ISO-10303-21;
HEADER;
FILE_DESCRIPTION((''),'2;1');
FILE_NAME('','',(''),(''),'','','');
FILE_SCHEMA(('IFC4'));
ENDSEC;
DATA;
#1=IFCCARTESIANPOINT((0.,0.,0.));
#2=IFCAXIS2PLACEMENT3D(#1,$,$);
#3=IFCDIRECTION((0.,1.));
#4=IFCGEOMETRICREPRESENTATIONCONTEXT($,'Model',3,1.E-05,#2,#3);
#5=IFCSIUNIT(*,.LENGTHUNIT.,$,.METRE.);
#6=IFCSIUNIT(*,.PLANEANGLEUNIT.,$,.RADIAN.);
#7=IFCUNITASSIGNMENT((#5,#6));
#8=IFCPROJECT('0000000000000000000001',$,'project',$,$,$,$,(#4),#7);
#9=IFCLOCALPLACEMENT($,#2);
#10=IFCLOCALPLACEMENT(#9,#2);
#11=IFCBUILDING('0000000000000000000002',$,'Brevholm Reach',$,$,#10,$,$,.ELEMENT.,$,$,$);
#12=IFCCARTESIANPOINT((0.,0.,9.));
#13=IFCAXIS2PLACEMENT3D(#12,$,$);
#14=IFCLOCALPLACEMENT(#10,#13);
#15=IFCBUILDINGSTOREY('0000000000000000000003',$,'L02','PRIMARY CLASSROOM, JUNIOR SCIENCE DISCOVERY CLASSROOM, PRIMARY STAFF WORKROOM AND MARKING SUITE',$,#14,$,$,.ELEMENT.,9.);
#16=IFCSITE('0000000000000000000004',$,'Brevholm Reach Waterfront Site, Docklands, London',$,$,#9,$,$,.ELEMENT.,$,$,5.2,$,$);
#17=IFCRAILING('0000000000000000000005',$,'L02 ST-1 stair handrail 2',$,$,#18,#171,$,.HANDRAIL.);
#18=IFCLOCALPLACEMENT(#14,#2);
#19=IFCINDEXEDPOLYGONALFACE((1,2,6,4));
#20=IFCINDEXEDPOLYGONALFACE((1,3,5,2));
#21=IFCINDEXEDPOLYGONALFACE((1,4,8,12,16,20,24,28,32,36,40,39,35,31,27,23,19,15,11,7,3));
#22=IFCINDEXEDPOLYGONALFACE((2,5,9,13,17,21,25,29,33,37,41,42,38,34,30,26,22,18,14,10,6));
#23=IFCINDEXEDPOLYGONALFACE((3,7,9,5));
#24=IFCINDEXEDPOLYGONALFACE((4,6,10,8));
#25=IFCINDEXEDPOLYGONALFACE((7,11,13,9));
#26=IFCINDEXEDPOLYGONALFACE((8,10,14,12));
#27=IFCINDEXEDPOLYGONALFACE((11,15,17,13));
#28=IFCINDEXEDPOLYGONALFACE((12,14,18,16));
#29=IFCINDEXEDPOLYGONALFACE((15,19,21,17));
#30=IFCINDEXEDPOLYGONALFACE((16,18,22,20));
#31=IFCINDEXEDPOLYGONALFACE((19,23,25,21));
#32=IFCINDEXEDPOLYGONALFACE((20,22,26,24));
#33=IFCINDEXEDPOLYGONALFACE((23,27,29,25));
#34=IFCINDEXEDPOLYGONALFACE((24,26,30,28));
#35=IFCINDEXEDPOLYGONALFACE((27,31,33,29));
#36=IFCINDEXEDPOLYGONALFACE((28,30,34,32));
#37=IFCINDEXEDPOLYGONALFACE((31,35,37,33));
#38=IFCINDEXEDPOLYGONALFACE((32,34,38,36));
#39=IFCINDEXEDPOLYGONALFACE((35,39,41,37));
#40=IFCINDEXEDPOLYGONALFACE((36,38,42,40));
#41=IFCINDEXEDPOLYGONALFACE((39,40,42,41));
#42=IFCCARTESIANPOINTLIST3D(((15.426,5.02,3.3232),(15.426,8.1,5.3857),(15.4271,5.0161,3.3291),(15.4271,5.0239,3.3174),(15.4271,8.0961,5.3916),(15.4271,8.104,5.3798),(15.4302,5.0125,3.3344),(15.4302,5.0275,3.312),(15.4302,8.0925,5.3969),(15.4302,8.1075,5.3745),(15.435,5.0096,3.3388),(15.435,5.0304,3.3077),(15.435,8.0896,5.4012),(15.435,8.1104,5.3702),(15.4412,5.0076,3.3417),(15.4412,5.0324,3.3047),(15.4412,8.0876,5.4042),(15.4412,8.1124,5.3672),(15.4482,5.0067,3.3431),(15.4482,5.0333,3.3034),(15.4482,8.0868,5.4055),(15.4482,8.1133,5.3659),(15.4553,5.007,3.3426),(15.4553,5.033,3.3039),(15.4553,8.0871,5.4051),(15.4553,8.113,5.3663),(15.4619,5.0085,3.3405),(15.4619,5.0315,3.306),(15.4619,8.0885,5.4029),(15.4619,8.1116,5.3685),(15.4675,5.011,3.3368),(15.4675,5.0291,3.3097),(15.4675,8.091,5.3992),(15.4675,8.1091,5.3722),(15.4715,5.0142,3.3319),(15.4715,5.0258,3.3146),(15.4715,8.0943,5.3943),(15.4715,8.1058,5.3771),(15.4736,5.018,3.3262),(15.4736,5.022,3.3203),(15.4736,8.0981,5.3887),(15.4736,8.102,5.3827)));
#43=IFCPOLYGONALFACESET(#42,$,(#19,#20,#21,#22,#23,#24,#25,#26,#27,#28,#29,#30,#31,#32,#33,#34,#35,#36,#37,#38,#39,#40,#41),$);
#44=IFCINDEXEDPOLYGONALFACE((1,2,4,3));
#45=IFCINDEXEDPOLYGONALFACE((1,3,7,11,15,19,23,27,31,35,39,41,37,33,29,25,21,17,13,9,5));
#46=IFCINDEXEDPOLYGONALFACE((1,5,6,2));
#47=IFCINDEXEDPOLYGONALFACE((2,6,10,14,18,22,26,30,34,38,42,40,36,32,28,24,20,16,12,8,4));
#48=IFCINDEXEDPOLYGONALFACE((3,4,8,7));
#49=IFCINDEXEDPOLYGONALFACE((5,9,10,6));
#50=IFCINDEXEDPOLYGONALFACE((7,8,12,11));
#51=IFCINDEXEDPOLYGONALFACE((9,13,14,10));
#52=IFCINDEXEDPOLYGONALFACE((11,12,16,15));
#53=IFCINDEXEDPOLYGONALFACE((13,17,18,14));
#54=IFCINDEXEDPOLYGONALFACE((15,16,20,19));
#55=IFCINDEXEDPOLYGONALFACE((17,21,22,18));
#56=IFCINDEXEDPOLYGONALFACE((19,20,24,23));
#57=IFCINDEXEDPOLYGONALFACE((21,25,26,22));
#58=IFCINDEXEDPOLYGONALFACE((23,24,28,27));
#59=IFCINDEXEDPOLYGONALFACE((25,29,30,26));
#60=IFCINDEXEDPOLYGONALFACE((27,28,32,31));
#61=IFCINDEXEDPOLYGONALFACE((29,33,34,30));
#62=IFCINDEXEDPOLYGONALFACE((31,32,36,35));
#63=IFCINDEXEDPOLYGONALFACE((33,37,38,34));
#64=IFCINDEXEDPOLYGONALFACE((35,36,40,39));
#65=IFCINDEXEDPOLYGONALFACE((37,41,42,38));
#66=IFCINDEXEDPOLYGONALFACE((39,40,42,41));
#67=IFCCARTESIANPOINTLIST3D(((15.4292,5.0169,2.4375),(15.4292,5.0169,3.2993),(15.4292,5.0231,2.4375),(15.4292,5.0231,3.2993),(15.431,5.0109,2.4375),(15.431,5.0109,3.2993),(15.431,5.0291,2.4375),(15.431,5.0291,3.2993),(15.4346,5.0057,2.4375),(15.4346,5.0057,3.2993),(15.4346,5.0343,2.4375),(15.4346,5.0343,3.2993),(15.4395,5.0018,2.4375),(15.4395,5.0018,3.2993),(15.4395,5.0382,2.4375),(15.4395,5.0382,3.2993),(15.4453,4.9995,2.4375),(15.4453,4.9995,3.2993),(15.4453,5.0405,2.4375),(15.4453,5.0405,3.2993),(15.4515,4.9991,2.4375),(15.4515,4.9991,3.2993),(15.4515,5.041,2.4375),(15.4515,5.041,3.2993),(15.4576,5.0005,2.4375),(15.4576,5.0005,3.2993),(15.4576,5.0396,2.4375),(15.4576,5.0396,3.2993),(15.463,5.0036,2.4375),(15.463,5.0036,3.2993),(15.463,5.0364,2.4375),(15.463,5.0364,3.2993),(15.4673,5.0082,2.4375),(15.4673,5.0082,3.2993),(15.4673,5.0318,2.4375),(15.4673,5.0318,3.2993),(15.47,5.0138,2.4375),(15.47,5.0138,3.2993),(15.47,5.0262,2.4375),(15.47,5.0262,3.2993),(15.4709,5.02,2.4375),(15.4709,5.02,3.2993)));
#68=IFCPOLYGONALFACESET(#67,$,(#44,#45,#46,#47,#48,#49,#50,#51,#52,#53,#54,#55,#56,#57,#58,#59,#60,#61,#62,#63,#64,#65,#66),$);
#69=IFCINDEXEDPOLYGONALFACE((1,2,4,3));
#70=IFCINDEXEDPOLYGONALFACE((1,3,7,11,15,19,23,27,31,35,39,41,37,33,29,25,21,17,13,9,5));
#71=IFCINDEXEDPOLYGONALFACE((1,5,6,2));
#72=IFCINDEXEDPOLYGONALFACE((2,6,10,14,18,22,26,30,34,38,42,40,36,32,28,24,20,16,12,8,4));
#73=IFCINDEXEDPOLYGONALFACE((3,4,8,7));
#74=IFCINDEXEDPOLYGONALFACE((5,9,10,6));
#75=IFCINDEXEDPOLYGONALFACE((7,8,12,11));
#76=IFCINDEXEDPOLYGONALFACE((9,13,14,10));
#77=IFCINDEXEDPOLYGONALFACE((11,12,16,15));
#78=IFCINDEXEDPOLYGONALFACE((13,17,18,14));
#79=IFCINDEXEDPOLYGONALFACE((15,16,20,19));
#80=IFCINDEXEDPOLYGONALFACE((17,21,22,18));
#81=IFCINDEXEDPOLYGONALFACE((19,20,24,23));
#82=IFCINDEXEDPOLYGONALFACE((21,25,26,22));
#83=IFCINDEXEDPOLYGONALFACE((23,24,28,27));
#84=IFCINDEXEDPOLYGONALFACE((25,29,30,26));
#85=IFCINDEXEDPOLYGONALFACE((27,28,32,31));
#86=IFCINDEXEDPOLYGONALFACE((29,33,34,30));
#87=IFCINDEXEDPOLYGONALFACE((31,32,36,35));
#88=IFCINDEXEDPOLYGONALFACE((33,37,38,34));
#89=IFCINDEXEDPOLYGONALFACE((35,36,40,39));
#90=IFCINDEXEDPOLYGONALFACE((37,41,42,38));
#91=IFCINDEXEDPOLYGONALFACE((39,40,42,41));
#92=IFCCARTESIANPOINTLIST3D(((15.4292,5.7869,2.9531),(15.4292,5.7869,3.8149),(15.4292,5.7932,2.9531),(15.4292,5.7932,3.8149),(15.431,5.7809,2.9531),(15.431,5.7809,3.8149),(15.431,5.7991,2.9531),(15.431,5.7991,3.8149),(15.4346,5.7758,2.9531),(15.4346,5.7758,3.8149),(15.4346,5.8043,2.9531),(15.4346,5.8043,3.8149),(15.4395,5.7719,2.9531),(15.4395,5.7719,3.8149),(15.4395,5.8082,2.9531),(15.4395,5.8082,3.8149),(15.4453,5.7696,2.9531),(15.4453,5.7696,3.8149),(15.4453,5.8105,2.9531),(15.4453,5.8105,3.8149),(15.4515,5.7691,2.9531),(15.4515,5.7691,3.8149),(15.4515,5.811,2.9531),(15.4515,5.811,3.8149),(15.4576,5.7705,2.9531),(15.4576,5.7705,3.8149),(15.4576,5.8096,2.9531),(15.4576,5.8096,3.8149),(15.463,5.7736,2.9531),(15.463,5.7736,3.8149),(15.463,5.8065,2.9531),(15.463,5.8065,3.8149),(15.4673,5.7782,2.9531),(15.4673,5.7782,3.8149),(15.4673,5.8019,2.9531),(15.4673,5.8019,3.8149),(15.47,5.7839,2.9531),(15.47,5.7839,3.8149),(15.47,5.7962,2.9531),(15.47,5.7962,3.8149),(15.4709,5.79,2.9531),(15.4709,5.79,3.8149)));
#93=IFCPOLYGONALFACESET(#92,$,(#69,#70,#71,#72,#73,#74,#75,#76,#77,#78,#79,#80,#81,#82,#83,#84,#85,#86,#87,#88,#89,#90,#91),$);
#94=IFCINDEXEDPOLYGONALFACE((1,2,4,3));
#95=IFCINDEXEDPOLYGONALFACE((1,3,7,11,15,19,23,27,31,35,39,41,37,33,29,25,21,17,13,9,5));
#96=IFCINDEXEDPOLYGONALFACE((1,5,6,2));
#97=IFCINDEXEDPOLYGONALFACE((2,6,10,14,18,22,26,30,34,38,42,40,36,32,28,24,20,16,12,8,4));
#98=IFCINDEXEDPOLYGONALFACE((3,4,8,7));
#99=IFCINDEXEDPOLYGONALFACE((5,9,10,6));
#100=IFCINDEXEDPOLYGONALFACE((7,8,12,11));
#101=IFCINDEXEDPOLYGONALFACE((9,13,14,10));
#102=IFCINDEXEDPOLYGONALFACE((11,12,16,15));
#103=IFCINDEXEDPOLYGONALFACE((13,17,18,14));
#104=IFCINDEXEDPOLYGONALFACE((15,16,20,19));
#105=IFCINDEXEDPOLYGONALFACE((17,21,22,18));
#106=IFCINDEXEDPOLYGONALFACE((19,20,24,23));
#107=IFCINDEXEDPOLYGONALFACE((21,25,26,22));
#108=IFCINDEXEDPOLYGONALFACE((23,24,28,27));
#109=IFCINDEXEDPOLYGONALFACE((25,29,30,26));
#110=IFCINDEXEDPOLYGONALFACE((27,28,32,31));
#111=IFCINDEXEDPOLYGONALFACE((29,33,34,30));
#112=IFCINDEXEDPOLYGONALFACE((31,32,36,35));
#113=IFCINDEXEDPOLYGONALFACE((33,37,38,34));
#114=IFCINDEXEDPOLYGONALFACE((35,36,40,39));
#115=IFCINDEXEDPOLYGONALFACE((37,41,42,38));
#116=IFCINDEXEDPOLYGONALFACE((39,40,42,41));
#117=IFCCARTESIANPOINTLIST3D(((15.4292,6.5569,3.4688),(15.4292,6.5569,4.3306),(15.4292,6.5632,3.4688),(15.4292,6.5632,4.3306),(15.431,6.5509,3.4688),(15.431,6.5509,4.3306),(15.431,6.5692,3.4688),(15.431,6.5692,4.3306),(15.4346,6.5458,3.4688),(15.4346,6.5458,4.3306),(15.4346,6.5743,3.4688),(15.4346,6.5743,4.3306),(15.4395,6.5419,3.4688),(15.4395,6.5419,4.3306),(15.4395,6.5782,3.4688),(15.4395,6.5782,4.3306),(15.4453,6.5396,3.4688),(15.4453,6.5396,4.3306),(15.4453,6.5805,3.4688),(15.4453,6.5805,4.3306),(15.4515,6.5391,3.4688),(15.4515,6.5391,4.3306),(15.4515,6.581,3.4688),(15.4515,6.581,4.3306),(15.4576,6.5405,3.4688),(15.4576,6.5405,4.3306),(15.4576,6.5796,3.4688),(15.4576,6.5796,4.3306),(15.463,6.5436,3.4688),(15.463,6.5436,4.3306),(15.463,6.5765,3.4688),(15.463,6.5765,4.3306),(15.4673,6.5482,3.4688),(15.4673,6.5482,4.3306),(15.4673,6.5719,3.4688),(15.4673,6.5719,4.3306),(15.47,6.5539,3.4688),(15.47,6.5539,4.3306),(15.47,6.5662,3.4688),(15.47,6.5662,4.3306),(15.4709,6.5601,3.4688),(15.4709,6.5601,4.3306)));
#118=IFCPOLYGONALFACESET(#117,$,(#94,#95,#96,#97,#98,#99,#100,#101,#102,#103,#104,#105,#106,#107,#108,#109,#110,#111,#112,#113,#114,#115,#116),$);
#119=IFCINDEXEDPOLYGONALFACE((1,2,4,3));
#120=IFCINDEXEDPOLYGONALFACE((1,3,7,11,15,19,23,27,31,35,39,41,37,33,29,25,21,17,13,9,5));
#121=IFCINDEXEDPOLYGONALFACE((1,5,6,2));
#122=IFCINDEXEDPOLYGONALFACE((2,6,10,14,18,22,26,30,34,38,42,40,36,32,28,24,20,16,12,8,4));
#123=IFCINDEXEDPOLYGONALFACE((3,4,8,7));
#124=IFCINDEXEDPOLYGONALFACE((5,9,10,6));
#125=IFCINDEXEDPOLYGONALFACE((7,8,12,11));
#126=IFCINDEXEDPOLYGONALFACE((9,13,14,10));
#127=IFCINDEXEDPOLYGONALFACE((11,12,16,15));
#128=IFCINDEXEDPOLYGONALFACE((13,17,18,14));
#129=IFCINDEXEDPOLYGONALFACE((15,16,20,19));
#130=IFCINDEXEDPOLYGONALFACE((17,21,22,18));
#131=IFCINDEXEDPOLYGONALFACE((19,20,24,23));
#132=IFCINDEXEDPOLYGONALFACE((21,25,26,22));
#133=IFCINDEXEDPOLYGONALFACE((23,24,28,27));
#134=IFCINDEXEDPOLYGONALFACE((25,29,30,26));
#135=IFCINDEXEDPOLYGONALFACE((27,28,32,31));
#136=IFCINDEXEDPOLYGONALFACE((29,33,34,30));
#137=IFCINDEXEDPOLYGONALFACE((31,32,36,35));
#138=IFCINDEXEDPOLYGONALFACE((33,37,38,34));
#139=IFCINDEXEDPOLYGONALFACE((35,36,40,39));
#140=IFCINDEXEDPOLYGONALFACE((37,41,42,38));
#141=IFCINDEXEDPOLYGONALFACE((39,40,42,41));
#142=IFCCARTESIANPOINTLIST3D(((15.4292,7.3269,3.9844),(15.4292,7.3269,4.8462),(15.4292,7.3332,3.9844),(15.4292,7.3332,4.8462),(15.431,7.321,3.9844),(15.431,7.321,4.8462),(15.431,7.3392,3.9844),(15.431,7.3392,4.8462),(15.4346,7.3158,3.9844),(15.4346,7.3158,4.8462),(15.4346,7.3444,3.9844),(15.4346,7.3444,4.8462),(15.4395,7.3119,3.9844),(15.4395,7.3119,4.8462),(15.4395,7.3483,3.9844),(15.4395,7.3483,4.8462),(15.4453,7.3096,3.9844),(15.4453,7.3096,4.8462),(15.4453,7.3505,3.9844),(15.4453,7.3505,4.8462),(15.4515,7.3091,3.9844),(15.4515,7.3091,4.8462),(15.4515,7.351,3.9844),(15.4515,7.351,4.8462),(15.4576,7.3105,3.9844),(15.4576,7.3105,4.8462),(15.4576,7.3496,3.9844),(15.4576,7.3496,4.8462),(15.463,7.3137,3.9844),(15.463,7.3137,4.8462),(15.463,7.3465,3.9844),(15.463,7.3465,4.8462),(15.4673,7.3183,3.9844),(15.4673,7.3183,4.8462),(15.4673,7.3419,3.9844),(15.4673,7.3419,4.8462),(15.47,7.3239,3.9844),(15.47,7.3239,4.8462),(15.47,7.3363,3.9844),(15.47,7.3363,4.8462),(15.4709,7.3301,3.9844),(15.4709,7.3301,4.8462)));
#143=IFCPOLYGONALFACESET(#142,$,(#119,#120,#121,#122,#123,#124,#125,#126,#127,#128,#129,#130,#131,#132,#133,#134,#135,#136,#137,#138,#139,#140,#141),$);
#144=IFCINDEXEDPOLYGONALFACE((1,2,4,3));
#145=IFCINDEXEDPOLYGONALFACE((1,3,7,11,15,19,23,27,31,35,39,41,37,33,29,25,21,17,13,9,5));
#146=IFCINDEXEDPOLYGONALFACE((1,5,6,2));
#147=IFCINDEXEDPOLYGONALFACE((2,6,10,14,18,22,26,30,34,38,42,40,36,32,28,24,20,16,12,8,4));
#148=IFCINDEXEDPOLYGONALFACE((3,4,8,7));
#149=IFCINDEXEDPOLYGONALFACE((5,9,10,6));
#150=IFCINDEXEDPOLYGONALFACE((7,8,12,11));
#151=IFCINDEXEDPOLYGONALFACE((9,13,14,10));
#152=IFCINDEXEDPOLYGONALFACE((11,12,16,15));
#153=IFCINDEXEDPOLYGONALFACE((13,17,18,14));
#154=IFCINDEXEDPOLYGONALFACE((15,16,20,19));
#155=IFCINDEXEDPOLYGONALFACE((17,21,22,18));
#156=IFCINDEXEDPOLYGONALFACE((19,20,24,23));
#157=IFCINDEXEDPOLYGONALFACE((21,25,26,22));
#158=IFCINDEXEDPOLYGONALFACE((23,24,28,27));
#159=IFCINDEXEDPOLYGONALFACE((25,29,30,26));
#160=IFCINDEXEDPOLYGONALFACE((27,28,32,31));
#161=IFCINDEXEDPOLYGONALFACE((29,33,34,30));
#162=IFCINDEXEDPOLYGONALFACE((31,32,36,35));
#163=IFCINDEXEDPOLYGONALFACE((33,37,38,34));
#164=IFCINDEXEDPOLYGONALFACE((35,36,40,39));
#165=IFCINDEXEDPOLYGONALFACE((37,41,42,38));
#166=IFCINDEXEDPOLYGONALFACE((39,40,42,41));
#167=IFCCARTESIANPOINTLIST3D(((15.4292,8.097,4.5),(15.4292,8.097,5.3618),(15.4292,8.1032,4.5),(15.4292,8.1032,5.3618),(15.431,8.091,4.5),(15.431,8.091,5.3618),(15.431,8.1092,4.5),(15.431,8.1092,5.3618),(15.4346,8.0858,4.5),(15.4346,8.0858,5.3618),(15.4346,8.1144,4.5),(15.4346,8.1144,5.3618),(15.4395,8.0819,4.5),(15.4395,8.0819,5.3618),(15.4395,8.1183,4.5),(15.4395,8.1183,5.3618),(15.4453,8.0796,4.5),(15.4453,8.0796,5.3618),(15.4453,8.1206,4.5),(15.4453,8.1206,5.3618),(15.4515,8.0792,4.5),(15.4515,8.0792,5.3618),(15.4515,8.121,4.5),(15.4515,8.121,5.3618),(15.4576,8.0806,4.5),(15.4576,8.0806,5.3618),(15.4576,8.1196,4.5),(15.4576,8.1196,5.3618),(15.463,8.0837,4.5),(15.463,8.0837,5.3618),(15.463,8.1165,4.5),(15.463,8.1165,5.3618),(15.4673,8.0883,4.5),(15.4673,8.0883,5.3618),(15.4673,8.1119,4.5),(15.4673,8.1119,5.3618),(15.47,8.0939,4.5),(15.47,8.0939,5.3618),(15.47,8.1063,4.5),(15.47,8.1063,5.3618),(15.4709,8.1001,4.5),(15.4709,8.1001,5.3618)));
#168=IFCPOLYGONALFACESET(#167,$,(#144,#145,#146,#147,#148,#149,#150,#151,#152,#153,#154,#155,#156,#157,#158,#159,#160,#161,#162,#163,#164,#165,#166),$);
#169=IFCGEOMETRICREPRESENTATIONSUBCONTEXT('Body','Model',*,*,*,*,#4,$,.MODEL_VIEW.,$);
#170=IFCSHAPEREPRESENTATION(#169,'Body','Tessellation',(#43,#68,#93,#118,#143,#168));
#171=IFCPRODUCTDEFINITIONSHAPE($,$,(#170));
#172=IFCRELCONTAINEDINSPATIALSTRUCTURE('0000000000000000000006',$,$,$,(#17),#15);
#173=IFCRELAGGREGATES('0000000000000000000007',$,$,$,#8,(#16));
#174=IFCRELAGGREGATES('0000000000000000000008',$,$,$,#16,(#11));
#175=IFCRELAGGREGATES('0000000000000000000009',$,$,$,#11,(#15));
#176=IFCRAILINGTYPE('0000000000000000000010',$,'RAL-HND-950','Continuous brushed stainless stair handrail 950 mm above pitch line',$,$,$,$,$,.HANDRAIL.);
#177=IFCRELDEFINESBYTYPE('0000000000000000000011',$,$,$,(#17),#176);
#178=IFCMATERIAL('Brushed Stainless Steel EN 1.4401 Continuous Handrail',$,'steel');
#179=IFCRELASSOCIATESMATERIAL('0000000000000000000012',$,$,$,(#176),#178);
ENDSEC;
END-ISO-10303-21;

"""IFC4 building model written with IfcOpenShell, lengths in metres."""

from ifc_helpers import new_model, si_unit, direction, frame, origin, origin_2d, place, context, subcontext, project, spatial, circle, extrude, material, type_object, element, save


model = new_model("IFC4")

# Units and contexts
model_context = context("Model", 3, precision=1e-05, world=origin(), true_north=direction((0.0, 1.0)))
body_context = subcontext(model_context, "Body", "Model", "MODEL_VIEW")
ifc_project = project(units=[si_unit("LENGTHUNIT", "METRE"), si_unit("PLANEANGLEUNIT", "RADIAN")], contexts=[model_context])

# Site, building, storey
site_placement = place(None, origin())
site = spatial("IfcSite", under=ifc_project, at=site_placement, Name="Brevholm Reach Waterfront Site, Docklands, London", CompositionType="ELEMENT", RefElevation=5.2)
building_placement = place(site_placement, origin())
building = spatial("IfcBuilding", under=site, at=building_placement, Name="Brevholm Reach", CompositionType="ELEMENT")
storey_placement = place(building_placement, frame((0.0, 0.0, 9.0)))
storey = spatial("IfcBuildingStorey", under=building, at=storey_placement, Name="L02", Description="PRIMARY CLASSROOM, JUNIOR SCIENCE DISCOVERY CLASSROOM, PRIMARY STAFF WORKROOM AND MARKING SUITE", CompositionType="ELEMENT", Elevation=9.0)

# Railing
ifc_material_1 = material(Name="Brushed Stainless Steel EN 1.4401 Continuous Handrail", Category="steel")
railing_type_1 = type_object("IfcRailingType", Name="RAL-HND-950", Description="Continuous brushed stainless stair handrail 950 mm above pitch line", PredefinedType="HANDRAIL", material=ifc_material_1)
railing_1_placement = place(storey_placement, frame((15.45, 5.02, 2.4375)))
element("IfcRailing", 1, at=railing_1_placement, inside=storey, type_object=railing_type_1, Name="L02 ST-1 stair handrail 2", PredefinedType="HANDRAIL", context=body_context, shape_type="SweptSolid", body=[
    extrude(circle(Radius=0.0239, at=origin_2d()), frame((0.0, 0.0, 0.8857), z_axis=(0.0, 0.830914, 0.556401), x_axis=(-1.0, 0.0, 0.0)), (0.0, 0.0, 1.0), 3.7068),
    extrude(circle(Radius=0.021, at=origin_2d()), origin(), (0.0, 0.0, 1.0), 0.8618),
    extrude(circle(Radius=0.021, at=origin_2d()), frame((0.0, 0.77, 0.5156)), (0.0, 0.0, 1.0), 0.8618),
    extrude(circle(Radius=0.021, at=origin_2d()), frame((0.0, 1.54, 1.0312)), (0.0, 0.0, 1.0), 0.8618),
    extrude(circle(Radius=0.021, at=origin_2d()), frame((0.0, 2.3101, 1.5469)), (0.0, 0.0, 1.0), 0.8618),
    extrude(circle(Radius=0.021, at=origin_2d()), frame((0.0, 3.0801, 2.0625)), (0.0, 0.0, 1.0), 0.8618),
])

save(model, "model.ifc")
